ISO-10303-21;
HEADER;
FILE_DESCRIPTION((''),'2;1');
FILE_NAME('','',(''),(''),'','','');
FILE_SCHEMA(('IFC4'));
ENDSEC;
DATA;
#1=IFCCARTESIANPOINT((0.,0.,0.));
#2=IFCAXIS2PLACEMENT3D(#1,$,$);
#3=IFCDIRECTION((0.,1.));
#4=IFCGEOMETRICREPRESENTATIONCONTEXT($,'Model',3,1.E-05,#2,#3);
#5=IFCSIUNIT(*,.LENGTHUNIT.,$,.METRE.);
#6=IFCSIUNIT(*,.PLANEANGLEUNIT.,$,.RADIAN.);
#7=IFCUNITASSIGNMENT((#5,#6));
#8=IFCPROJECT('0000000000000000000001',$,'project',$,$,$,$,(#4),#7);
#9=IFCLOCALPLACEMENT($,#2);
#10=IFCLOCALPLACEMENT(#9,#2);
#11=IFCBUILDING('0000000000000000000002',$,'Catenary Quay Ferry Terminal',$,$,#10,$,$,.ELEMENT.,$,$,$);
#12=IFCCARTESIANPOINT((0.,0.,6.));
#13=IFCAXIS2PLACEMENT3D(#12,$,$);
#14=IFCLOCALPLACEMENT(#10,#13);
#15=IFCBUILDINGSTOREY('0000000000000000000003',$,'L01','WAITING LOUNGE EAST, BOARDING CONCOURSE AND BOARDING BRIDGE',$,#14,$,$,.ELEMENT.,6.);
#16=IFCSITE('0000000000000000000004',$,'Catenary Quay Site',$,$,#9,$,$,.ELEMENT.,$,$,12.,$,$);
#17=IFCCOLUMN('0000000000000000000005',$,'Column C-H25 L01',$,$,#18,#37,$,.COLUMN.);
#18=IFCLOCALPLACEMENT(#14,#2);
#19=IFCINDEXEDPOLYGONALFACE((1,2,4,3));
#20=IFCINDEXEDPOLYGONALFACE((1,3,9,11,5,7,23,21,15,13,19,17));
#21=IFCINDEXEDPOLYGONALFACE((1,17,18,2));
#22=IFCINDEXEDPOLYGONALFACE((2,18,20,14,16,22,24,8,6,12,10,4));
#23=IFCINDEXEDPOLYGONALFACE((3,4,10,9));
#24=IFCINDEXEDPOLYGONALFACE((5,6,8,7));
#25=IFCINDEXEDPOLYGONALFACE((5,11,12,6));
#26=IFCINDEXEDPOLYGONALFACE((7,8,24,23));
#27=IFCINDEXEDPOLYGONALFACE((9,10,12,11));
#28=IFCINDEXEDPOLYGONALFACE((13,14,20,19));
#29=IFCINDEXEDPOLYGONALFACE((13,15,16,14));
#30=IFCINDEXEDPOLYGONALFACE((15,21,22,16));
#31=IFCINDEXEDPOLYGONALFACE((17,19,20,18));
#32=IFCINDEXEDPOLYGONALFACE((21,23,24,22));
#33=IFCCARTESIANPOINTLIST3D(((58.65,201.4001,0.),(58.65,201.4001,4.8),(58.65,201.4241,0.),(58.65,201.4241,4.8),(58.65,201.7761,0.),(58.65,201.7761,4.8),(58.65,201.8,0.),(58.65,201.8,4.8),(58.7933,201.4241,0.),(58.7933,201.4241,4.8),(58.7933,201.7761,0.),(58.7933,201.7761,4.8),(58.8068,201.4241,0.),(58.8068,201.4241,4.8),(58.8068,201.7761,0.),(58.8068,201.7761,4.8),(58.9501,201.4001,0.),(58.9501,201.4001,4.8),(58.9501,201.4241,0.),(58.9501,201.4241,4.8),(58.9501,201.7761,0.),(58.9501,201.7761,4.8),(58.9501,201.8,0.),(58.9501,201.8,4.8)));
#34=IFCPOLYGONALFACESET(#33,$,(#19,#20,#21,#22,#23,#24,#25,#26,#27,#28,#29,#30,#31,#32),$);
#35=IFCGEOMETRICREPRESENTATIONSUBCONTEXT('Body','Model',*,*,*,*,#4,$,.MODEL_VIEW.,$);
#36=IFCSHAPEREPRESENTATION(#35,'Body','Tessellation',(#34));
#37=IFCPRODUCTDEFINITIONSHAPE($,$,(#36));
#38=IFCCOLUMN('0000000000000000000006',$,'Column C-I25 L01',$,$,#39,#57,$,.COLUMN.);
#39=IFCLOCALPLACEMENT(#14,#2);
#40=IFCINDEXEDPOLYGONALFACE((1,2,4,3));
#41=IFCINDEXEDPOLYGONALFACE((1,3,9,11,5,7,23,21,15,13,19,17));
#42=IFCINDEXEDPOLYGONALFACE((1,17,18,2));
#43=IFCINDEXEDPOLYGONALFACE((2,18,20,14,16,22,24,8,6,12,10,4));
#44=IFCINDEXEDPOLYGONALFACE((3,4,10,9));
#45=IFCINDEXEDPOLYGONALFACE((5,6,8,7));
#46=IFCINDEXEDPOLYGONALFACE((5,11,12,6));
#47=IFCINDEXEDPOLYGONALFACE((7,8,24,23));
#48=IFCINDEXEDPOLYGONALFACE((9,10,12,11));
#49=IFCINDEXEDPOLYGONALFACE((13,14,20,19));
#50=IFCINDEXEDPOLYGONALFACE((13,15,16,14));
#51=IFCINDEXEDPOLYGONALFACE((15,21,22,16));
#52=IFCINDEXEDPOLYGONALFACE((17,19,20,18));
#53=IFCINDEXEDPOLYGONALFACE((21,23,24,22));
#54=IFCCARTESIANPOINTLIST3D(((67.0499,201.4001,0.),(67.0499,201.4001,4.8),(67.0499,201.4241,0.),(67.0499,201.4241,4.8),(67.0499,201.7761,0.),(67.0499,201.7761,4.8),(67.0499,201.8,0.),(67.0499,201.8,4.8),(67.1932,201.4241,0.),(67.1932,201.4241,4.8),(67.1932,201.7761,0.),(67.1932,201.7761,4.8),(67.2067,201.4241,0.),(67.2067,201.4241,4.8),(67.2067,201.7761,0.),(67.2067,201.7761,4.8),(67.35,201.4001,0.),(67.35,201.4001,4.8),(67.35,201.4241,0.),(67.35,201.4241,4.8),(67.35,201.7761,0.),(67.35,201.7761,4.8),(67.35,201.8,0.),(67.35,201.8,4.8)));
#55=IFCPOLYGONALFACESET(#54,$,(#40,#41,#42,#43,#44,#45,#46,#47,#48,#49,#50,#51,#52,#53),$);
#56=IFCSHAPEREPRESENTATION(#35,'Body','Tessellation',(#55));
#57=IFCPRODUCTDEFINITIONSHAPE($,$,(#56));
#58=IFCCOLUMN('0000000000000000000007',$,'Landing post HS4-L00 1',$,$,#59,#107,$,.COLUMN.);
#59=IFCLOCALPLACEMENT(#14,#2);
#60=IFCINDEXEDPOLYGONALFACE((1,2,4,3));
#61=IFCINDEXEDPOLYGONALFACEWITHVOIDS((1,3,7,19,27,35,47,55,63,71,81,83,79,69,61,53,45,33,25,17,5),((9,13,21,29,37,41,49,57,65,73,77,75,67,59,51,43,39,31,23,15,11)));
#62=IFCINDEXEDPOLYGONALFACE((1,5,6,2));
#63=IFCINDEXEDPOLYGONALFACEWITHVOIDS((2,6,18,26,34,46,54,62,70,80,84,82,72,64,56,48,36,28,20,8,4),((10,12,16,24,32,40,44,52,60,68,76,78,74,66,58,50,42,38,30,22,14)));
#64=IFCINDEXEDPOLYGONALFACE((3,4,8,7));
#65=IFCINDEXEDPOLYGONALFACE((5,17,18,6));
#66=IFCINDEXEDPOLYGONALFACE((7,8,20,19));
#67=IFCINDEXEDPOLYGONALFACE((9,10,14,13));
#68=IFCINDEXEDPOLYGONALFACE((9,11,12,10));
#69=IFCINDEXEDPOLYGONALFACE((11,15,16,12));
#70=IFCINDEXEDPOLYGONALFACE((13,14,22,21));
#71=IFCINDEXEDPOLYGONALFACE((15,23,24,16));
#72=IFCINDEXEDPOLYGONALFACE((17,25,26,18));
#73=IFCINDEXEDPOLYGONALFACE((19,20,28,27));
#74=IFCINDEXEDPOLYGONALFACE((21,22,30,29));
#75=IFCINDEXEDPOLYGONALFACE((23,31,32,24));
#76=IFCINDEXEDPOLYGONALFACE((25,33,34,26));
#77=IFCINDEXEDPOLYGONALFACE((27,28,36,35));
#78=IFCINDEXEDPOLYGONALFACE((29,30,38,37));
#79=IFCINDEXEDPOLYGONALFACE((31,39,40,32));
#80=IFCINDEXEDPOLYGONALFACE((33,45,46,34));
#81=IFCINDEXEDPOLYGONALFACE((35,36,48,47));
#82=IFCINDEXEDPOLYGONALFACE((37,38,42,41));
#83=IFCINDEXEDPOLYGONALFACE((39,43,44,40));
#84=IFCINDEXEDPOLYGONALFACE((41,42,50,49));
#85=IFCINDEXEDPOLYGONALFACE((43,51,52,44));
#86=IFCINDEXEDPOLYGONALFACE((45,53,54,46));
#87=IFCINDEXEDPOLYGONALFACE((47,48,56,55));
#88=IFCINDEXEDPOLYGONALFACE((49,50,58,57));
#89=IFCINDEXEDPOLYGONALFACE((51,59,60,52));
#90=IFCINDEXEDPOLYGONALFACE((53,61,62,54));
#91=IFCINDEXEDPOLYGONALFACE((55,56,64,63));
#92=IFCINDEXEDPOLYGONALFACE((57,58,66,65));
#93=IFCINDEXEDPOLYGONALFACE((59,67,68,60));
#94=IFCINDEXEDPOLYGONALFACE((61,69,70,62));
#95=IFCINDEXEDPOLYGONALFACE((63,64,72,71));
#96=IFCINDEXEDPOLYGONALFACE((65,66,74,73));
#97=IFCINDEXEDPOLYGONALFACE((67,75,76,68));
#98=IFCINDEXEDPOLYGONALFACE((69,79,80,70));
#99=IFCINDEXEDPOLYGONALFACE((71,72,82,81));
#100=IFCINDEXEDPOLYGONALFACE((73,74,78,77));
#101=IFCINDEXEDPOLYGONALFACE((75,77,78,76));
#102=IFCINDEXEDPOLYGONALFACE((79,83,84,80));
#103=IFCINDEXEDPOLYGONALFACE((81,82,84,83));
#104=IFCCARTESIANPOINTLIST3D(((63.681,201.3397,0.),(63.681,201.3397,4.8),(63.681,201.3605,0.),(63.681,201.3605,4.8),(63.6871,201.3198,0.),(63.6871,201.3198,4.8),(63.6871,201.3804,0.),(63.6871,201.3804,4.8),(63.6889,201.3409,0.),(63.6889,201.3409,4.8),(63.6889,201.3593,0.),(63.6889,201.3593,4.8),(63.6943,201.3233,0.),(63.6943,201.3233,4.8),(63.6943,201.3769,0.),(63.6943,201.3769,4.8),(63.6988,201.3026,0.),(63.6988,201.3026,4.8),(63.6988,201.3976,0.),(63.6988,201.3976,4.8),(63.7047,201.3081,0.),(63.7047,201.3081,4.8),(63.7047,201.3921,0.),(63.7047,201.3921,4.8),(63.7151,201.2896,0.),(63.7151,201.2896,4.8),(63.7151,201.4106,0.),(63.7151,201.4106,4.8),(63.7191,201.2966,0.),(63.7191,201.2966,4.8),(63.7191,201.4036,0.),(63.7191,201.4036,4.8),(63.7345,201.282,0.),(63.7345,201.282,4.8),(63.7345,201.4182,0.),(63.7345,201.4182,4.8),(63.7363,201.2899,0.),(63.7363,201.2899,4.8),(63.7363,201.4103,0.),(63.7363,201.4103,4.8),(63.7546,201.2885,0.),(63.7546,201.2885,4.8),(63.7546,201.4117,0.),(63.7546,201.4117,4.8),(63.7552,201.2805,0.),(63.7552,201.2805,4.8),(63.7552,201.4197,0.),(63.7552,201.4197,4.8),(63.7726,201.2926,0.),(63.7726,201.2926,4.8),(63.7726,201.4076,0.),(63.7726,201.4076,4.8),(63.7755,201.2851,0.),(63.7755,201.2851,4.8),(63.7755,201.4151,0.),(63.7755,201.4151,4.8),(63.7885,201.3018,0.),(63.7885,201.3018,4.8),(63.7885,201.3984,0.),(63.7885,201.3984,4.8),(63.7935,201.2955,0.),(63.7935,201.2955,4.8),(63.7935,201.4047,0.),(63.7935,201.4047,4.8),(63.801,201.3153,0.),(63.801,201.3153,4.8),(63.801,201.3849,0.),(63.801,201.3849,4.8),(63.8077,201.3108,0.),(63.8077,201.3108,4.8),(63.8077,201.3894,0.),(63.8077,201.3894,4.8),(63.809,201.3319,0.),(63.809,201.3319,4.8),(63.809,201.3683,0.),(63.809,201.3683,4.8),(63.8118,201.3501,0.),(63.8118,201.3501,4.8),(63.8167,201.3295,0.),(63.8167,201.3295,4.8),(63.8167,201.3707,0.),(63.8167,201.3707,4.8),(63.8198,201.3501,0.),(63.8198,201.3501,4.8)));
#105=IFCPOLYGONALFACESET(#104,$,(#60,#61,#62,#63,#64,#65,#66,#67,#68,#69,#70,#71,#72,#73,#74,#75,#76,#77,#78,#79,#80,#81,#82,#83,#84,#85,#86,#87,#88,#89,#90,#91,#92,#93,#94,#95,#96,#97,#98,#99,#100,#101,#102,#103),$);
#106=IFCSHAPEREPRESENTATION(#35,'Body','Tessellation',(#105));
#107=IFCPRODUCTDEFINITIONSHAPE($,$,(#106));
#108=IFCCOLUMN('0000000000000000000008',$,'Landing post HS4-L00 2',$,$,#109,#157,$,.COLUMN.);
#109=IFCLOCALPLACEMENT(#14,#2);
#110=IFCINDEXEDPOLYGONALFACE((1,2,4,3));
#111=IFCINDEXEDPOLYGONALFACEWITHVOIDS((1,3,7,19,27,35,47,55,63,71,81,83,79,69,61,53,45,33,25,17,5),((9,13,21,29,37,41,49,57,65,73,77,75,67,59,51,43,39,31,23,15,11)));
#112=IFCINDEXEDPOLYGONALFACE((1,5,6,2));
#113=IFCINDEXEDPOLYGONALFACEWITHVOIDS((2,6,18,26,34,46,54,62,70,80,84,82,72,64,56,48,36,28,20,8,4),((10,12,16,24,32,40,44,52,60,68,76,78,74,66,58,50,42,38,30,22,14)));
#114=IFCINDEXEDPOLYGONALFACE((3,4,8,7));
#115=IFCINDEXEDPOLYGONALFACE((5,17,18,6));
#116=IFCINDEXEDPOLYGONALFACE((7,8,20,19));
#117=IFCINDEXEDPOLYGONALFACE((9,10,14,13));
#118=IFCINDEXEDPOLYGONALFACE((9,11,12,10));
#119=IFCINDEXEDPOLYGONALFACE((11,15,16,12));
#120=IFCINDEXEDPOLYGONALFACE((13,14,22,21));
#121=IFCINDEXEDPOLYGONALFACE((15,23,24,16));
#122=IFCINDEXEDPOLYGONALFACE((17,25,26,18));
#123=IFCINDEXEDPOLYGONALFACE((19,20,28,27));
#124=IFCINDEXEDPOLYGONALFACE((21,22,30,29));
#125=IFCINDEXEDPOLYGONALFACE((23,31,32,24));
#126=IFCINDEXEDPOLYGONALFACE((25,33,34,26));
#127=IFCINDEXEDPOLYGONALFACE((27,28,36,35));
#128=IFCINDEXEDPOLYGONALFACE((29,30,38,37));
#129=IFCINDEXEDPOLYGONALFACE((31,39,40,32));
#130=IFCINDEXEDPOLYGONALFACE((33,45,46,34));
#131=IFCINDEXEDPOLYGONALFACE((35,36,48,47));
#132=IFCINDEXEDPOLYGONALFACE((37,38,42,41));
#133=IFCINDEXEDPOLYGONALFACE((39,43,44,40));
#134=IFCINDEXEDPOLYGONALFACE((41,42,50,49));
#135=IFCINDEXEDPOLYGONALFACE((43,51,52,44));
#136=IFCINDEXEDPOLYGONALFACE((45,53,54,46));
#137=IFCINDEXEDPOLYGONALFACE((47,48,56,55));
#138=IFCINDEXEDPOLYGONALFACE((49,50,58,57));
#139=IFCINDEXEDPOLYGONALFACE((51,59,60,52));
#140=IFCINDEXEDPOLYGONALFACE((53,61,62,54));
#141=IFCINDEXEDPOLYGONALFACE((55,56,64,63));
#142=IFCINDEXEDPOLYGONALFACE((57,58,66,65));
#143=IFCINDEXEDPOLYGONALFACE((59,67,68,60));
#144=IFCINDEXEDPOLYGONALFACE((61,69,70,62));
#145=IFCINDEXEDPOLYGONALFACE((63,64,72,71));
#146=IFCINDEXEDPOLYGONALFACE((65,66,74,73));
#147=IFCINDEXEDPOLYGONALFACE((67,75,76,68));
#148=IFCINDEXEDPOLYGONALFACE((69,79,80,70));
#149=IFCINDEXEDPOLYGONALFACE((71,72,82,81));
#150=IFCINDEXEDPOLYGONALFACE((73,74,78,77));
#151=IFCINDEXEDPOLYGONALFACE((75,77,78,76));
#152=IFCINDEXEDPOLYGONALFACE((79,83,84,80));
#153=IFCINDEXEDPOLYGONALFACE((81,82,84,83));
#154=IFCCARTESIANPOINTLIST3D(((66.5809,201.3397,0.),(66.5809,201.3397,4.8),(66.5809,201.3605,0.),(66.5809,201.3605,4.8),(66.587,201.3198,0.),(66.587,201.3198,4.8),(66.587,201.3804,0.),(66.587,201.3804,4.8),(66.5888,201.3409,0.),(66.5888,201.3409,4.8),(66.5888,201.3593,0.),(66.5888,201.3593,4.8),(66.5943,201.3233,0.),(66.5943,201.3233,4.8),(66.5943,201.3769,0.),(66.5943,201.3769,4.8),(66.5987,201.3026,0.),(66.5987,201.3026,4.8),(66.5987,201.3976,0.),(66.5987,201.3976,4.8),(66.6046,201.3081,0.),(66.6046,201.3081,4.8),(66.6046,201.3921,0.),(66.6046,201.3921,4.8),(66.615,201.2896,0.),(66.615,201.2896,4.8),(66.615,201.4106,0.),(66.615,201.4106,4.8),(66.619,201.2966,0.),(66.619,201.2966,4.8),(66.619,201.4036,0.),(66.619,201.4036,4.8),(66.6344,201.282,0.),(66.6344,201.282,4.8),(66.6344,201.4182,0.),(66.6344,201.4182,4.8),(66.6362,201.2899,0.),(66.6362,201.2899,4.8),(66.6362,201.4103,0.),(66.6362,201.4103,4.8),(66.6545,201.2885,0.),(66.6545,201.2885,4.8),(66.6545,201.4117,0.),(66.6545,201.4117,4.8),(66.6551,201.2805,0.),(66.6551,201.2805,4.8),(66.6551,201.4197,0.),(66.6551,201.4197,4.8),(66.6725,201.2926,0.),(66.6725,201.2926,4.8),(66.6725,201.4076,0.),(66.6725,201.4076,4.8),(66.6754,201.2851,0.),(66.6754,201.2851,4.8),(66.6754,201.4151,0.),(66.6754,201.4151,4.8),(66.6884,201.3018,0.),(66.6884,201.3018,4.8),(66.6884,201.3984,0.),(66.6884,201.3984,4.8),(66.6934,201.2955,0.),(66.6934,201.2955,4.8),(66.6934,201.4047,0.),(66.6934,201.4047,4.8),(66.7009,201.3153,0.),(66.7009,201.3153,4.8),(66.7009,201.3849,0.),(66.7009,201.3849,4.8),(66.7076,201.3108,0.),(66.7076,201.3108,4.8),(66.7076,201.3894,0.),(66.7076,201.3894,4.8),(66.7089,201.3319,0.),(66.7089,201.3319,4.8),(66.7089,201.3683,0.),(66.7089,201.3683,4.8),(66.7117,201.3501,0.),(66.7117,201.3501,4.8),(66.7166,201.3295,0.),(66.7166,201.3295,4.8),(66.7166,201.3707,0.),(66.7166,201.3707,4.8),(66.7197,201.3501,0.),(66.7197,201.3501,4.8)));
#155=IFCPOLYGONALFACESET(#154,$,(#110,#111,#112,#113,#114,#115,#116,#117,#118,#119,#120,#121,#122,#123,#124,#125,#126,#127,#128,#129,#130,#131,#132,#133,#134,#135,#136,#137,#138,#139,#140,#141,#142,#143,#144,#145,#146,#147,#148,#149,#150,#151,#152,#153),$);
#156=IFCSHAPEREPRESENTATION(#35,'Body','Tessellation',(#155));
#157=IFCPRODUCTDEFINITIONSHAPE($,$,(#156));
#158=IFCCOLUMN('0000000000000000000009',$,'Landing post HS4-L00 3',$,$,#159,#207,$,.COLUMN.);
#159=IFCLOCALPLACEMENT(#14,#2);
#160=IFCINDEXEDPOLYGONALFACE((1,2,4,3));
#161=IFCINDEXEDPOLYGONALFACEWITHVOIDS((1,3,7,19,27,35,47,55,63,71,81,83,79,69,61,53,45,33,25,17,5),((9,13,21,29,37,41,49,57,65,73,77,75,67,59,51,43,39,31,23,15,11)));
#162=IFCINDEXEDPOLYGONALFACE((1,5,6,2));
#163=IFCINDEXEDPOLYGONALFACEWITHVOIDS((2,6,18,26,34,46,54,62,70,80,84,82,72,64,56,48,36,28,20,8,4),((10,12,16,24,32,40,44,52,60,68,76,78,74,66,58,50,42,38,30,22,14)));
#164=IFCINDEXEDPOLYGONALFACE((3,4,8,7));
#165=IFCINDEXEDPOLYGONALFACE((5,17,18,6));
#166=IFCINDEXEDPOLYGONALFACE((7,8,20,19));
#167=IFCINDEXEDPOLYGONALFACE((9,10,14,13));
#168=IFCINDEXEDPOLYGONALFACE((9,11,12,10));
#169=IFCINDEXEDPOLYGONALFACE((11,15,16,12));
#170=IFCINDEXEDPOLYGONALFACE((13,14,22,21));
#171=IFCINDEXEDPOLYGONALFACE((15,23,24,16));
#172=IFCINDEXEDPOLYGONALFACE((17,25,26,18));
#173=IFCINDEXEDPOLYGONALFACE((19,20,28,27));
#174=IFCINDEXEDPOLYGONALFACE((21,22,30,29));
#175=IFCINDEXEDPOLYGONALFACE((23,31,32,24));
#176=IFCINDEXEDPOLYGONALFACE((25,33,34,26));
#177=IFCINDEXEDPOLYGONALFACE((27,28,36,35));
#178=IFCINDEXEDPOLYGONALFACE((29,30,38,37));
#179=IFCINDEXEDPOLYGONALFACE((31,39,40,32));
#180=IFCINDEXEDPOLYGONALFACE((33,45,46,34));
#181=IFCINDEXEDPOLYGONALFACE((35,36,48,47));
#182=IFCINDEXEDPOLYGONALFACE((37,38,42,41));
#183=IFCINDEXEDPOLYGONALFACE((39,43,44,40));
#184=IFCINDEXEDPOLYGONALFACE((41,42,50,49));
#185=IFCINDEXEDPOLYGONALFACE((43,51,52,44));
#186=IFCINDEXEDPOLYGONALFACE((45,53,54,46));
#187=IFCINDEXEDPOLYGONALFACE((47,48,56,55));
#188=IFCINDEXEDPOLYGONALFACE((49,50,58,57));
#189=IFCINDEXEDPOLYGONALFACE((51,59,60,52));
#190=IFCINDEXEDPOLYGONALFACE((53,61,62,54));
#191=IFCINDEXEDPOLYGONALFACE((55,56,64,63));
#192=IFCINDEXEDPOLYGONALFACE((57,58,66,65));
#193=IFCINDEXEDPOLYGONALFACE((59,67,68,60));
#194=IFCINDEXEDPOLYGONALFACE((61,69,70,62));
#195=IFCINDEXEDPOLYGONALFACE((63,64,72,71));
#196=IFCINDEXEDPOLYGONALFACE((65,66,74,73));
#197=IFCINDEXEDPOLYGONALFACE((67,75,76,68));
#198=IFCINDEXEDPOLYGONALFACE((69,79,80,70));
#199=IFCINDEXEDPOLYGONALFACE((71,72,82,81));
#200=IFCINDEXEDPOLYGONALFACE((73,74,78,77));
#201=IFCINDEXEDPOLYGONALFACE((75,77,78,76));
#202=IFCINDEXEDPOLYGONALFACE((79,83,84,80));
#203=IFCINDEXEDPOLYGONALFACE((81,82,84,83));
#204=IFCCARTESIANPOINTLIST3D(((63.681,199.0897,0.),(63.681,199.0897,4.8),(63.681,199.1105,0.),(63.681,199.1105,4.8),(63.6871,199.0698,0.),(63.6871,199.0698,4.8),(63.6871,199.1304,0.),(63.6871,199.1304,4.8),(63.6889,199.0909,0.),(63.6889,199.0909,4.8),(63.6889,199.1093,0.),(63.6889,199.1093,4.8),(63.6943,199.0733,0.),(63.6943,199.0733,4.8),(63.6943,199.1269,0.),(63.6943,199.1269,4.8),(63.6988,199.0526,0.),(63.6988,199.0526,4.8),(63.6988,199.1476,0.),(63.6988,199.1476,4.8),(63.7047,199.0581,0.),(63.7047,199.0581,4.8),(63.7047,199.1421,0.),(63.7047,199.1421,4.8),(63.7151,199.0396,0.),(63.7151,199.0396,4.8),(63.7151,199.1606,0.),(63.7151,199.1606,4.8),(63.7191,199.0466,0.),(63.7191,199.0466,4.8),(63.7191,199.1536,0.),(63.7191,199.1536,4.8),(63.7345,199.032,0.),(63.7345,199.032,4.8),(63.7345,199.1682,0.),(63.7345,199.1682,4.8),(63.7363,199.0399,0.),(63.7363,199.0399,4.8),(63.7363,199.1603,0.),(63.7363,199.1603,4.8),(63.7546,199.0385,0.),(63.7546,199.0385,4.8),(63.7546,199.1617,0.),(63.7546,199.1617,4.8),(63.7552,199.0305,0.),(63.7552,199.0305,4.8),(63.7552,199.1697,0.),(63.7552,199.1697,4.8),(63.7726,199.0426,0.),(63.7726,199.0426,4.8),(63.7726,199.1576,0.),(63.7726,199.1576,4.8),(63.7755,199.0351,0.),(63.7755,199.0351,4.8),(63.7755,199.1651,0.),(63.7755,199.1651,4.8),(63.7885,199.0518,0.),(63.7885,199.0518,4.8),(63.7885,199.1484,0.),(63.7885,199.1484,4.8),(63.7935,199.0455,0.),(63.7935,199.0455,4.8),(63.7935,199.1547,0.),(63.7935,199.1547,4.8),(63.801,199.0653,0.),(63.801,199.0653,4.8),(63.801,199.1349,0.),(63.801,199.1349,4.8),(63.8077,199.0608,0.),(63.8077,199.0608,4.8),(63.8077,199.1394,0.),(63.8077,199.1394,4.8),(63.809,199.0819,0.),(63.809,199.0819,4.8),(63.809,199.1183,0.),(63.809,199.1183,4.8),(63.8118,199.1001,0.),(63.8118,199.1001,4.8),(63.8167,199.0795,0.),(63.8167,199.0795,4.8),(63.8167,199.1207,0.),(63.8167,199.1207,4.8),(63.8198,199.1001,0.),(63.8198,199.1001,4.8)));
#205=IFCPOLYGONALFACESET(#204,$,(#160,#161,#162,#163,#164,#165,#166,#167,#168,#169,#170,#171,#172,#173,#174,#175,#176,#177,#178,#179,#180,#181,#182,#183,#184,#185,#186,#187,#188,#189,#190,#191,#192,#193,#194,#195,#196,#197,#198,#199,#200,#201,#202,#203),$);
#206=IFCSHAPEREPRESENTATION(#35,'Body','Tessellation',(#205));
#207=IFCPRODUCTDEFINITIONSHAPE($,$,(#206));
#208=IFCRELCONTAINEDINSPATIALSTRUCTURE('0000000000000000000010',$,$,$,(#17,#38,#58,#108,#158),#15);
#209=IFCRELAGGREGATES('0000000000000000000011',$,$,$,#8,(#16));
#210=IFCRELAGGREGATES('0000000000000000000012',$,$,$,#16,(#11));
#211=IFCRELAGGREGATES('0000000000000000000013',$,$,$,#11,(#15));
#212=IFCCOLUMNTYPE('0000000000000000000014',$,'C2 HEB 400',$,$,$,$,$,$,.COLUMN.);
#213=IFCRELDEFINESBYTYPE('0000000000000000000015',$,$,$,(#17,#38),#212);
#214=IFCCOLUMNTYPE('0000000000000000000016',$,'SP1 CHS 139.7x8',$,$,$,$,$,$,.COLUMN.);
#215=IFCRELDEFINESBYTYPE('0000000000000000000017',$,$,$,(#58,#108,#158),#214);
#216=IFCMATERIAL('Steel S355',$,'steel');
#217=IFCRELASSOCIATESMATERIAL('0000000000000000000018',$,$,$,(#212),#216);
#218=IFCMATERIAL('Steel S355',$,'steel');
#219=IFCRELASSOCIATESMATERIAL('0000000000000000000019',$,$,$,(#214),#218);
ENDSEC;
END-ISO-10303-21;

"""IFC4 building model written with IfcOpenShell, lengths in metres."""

from ifc_helpers import new_model, si_unit, direction, frame, origin, origin_2d, place, context, subcontext, project, spatial, hollow_circle, i_section, extrude, material, material_profile, profile_set, type_object, element, save


model = new_model("IFC4")

# Units and contexts
model_context = context("Model", 3, precision=1e-05, world=origin(), true_north=direction((0.0, 1.0)))
body_context = subcontext(model_context, "Body", "Model", "MODEL_VIEW")
ifc_project = project(units=[si_unit("LENGTHUNIT", "METRE"), si_unit("PLANEANGLEUNIT", "RADIAN")], contexts=[model_context])

# Site, building, storey
site_placement = place(None, origin())
site = spatial("IfcSite", under=ifc_project, at=site_placement, Name="Catenary Quay Site", CompositionType="ELEMENT", RefElevation=12.0)
building_placement = place(site_placement, origin())
building = spatial("IfcBuilding", under=site, at=building_placement, Name="Catenary Quay Ferry Terminal", CompositionType="ELEMENT")
storey_placement = place(building_placement, frame((0.0, 0.0, 6.0)))
storey = spatial("IfcBuildingStorey", under=building, at=storey_placement, Name="L01", Description="WAITING LOUNGE EAST, BOARDING CONCOURSE AND BOARDING BRIDGE", CompositionType="ELEMENT", Elevation=6.0)

# Columns
ifc_material_1 = material(Name="Steel S355", Category="steel")
ifc_material_profile_1 = material_profile(ifc_material_1, i_section(OverallWidth=0.3, OverallDepth=0.3999, WebThickness=0.0134, FlangeThickness=0.0239, at=origin_2d()), Name="HEB 400")
ifc_profile_set_1 = profile_set([ifc_material_profile_1], Name="Steel S355")
column_type_1 = type_object("IfcColumnType", Name="C2 HEB 400", PredefinedType="COLUMN", material=ifc_profile_set_1)
for number, where, z_axis, x_axis, name in (
    (1, (58.8, 201.6001, 0.0), (0.0, 0.0, 1.0), (1.0, 0.0, 0.0), "Column C-H25 L01"),
    (2, (67.2, 201.6001, 0.0), (0.0, 0.0, 1.0), (1.0, 0.0, 0.0), "Column C-I25 L01"),
):
    element("IfcColumn", number, at=place(storey_placement, frame(where, z_axis=z_axis, x_axis=x_axis)), inside=storey, type_object=column_type_1, Name=name, PredefinedType="COLUMN", context=body_context, shape_type="SweptSolid", body=[
        extrude(i_section(OverallWidth=0.3, OverallDepth=0.3999, WebThickness=0.0134, FlangeThickness=0.0239, at=origin_2d()), origin(), (0.0, 0.0, 1.0), 4.8),
    ])
ifc_material_2 = material(Name="Steel S355", Category="steel")
ifc_material_profile_2 = material_profile(ifc_material_2, hollow_circle(Radius=0.0698, WallThickness=0.0081, at=origin_2d()), Name="CHS 139.7x8")
ifc_profile_set_2 = profile_set([ifc_material_profile_2], Name="Steel S355")
column_type_2 = type_object("IfcColumnType", Name="SP1 CHS 139.7x8", PredefinedType="COLUMN", material=ifc_profile_set_2)
for number, where, z_axis, x_axis, name in (
    (3, (63.75, 201.3501, 0.0), (0.0, 0.0, 1.0), (1.0, 0.0, 0.0), "Landing post HS4-L00 1"),
    (4, (66.6499, 201.3501, 0.0), (0.0, 0.0, 1.0), (1.0, 0.0, 0.0), "Landing post HS4-L00 2"),
    (5, (63.75, 199.1001, 0.0), (0.0, 0.0, 1.0), (1.0, 0.0, 0.0), "Landing post HS4-L00 3"),
):
    element("IfcColumn", number, at=place(storey_placement, frame(where, z_axis=z_axis, x_axis=x_axis)), inside=storey, type_object=column_type_2, Name=name, PredefinedType="COLUMN", context=body_context, shape_type="SweptSolid", body=[
        extrude(hollow_circle(Radius=0.0698, WallThickness=0.0081, at=origin_2d()), origin(), (0.0, 0.0, 1.0), 4.8),
    ])

save(model, "model.ifc")
